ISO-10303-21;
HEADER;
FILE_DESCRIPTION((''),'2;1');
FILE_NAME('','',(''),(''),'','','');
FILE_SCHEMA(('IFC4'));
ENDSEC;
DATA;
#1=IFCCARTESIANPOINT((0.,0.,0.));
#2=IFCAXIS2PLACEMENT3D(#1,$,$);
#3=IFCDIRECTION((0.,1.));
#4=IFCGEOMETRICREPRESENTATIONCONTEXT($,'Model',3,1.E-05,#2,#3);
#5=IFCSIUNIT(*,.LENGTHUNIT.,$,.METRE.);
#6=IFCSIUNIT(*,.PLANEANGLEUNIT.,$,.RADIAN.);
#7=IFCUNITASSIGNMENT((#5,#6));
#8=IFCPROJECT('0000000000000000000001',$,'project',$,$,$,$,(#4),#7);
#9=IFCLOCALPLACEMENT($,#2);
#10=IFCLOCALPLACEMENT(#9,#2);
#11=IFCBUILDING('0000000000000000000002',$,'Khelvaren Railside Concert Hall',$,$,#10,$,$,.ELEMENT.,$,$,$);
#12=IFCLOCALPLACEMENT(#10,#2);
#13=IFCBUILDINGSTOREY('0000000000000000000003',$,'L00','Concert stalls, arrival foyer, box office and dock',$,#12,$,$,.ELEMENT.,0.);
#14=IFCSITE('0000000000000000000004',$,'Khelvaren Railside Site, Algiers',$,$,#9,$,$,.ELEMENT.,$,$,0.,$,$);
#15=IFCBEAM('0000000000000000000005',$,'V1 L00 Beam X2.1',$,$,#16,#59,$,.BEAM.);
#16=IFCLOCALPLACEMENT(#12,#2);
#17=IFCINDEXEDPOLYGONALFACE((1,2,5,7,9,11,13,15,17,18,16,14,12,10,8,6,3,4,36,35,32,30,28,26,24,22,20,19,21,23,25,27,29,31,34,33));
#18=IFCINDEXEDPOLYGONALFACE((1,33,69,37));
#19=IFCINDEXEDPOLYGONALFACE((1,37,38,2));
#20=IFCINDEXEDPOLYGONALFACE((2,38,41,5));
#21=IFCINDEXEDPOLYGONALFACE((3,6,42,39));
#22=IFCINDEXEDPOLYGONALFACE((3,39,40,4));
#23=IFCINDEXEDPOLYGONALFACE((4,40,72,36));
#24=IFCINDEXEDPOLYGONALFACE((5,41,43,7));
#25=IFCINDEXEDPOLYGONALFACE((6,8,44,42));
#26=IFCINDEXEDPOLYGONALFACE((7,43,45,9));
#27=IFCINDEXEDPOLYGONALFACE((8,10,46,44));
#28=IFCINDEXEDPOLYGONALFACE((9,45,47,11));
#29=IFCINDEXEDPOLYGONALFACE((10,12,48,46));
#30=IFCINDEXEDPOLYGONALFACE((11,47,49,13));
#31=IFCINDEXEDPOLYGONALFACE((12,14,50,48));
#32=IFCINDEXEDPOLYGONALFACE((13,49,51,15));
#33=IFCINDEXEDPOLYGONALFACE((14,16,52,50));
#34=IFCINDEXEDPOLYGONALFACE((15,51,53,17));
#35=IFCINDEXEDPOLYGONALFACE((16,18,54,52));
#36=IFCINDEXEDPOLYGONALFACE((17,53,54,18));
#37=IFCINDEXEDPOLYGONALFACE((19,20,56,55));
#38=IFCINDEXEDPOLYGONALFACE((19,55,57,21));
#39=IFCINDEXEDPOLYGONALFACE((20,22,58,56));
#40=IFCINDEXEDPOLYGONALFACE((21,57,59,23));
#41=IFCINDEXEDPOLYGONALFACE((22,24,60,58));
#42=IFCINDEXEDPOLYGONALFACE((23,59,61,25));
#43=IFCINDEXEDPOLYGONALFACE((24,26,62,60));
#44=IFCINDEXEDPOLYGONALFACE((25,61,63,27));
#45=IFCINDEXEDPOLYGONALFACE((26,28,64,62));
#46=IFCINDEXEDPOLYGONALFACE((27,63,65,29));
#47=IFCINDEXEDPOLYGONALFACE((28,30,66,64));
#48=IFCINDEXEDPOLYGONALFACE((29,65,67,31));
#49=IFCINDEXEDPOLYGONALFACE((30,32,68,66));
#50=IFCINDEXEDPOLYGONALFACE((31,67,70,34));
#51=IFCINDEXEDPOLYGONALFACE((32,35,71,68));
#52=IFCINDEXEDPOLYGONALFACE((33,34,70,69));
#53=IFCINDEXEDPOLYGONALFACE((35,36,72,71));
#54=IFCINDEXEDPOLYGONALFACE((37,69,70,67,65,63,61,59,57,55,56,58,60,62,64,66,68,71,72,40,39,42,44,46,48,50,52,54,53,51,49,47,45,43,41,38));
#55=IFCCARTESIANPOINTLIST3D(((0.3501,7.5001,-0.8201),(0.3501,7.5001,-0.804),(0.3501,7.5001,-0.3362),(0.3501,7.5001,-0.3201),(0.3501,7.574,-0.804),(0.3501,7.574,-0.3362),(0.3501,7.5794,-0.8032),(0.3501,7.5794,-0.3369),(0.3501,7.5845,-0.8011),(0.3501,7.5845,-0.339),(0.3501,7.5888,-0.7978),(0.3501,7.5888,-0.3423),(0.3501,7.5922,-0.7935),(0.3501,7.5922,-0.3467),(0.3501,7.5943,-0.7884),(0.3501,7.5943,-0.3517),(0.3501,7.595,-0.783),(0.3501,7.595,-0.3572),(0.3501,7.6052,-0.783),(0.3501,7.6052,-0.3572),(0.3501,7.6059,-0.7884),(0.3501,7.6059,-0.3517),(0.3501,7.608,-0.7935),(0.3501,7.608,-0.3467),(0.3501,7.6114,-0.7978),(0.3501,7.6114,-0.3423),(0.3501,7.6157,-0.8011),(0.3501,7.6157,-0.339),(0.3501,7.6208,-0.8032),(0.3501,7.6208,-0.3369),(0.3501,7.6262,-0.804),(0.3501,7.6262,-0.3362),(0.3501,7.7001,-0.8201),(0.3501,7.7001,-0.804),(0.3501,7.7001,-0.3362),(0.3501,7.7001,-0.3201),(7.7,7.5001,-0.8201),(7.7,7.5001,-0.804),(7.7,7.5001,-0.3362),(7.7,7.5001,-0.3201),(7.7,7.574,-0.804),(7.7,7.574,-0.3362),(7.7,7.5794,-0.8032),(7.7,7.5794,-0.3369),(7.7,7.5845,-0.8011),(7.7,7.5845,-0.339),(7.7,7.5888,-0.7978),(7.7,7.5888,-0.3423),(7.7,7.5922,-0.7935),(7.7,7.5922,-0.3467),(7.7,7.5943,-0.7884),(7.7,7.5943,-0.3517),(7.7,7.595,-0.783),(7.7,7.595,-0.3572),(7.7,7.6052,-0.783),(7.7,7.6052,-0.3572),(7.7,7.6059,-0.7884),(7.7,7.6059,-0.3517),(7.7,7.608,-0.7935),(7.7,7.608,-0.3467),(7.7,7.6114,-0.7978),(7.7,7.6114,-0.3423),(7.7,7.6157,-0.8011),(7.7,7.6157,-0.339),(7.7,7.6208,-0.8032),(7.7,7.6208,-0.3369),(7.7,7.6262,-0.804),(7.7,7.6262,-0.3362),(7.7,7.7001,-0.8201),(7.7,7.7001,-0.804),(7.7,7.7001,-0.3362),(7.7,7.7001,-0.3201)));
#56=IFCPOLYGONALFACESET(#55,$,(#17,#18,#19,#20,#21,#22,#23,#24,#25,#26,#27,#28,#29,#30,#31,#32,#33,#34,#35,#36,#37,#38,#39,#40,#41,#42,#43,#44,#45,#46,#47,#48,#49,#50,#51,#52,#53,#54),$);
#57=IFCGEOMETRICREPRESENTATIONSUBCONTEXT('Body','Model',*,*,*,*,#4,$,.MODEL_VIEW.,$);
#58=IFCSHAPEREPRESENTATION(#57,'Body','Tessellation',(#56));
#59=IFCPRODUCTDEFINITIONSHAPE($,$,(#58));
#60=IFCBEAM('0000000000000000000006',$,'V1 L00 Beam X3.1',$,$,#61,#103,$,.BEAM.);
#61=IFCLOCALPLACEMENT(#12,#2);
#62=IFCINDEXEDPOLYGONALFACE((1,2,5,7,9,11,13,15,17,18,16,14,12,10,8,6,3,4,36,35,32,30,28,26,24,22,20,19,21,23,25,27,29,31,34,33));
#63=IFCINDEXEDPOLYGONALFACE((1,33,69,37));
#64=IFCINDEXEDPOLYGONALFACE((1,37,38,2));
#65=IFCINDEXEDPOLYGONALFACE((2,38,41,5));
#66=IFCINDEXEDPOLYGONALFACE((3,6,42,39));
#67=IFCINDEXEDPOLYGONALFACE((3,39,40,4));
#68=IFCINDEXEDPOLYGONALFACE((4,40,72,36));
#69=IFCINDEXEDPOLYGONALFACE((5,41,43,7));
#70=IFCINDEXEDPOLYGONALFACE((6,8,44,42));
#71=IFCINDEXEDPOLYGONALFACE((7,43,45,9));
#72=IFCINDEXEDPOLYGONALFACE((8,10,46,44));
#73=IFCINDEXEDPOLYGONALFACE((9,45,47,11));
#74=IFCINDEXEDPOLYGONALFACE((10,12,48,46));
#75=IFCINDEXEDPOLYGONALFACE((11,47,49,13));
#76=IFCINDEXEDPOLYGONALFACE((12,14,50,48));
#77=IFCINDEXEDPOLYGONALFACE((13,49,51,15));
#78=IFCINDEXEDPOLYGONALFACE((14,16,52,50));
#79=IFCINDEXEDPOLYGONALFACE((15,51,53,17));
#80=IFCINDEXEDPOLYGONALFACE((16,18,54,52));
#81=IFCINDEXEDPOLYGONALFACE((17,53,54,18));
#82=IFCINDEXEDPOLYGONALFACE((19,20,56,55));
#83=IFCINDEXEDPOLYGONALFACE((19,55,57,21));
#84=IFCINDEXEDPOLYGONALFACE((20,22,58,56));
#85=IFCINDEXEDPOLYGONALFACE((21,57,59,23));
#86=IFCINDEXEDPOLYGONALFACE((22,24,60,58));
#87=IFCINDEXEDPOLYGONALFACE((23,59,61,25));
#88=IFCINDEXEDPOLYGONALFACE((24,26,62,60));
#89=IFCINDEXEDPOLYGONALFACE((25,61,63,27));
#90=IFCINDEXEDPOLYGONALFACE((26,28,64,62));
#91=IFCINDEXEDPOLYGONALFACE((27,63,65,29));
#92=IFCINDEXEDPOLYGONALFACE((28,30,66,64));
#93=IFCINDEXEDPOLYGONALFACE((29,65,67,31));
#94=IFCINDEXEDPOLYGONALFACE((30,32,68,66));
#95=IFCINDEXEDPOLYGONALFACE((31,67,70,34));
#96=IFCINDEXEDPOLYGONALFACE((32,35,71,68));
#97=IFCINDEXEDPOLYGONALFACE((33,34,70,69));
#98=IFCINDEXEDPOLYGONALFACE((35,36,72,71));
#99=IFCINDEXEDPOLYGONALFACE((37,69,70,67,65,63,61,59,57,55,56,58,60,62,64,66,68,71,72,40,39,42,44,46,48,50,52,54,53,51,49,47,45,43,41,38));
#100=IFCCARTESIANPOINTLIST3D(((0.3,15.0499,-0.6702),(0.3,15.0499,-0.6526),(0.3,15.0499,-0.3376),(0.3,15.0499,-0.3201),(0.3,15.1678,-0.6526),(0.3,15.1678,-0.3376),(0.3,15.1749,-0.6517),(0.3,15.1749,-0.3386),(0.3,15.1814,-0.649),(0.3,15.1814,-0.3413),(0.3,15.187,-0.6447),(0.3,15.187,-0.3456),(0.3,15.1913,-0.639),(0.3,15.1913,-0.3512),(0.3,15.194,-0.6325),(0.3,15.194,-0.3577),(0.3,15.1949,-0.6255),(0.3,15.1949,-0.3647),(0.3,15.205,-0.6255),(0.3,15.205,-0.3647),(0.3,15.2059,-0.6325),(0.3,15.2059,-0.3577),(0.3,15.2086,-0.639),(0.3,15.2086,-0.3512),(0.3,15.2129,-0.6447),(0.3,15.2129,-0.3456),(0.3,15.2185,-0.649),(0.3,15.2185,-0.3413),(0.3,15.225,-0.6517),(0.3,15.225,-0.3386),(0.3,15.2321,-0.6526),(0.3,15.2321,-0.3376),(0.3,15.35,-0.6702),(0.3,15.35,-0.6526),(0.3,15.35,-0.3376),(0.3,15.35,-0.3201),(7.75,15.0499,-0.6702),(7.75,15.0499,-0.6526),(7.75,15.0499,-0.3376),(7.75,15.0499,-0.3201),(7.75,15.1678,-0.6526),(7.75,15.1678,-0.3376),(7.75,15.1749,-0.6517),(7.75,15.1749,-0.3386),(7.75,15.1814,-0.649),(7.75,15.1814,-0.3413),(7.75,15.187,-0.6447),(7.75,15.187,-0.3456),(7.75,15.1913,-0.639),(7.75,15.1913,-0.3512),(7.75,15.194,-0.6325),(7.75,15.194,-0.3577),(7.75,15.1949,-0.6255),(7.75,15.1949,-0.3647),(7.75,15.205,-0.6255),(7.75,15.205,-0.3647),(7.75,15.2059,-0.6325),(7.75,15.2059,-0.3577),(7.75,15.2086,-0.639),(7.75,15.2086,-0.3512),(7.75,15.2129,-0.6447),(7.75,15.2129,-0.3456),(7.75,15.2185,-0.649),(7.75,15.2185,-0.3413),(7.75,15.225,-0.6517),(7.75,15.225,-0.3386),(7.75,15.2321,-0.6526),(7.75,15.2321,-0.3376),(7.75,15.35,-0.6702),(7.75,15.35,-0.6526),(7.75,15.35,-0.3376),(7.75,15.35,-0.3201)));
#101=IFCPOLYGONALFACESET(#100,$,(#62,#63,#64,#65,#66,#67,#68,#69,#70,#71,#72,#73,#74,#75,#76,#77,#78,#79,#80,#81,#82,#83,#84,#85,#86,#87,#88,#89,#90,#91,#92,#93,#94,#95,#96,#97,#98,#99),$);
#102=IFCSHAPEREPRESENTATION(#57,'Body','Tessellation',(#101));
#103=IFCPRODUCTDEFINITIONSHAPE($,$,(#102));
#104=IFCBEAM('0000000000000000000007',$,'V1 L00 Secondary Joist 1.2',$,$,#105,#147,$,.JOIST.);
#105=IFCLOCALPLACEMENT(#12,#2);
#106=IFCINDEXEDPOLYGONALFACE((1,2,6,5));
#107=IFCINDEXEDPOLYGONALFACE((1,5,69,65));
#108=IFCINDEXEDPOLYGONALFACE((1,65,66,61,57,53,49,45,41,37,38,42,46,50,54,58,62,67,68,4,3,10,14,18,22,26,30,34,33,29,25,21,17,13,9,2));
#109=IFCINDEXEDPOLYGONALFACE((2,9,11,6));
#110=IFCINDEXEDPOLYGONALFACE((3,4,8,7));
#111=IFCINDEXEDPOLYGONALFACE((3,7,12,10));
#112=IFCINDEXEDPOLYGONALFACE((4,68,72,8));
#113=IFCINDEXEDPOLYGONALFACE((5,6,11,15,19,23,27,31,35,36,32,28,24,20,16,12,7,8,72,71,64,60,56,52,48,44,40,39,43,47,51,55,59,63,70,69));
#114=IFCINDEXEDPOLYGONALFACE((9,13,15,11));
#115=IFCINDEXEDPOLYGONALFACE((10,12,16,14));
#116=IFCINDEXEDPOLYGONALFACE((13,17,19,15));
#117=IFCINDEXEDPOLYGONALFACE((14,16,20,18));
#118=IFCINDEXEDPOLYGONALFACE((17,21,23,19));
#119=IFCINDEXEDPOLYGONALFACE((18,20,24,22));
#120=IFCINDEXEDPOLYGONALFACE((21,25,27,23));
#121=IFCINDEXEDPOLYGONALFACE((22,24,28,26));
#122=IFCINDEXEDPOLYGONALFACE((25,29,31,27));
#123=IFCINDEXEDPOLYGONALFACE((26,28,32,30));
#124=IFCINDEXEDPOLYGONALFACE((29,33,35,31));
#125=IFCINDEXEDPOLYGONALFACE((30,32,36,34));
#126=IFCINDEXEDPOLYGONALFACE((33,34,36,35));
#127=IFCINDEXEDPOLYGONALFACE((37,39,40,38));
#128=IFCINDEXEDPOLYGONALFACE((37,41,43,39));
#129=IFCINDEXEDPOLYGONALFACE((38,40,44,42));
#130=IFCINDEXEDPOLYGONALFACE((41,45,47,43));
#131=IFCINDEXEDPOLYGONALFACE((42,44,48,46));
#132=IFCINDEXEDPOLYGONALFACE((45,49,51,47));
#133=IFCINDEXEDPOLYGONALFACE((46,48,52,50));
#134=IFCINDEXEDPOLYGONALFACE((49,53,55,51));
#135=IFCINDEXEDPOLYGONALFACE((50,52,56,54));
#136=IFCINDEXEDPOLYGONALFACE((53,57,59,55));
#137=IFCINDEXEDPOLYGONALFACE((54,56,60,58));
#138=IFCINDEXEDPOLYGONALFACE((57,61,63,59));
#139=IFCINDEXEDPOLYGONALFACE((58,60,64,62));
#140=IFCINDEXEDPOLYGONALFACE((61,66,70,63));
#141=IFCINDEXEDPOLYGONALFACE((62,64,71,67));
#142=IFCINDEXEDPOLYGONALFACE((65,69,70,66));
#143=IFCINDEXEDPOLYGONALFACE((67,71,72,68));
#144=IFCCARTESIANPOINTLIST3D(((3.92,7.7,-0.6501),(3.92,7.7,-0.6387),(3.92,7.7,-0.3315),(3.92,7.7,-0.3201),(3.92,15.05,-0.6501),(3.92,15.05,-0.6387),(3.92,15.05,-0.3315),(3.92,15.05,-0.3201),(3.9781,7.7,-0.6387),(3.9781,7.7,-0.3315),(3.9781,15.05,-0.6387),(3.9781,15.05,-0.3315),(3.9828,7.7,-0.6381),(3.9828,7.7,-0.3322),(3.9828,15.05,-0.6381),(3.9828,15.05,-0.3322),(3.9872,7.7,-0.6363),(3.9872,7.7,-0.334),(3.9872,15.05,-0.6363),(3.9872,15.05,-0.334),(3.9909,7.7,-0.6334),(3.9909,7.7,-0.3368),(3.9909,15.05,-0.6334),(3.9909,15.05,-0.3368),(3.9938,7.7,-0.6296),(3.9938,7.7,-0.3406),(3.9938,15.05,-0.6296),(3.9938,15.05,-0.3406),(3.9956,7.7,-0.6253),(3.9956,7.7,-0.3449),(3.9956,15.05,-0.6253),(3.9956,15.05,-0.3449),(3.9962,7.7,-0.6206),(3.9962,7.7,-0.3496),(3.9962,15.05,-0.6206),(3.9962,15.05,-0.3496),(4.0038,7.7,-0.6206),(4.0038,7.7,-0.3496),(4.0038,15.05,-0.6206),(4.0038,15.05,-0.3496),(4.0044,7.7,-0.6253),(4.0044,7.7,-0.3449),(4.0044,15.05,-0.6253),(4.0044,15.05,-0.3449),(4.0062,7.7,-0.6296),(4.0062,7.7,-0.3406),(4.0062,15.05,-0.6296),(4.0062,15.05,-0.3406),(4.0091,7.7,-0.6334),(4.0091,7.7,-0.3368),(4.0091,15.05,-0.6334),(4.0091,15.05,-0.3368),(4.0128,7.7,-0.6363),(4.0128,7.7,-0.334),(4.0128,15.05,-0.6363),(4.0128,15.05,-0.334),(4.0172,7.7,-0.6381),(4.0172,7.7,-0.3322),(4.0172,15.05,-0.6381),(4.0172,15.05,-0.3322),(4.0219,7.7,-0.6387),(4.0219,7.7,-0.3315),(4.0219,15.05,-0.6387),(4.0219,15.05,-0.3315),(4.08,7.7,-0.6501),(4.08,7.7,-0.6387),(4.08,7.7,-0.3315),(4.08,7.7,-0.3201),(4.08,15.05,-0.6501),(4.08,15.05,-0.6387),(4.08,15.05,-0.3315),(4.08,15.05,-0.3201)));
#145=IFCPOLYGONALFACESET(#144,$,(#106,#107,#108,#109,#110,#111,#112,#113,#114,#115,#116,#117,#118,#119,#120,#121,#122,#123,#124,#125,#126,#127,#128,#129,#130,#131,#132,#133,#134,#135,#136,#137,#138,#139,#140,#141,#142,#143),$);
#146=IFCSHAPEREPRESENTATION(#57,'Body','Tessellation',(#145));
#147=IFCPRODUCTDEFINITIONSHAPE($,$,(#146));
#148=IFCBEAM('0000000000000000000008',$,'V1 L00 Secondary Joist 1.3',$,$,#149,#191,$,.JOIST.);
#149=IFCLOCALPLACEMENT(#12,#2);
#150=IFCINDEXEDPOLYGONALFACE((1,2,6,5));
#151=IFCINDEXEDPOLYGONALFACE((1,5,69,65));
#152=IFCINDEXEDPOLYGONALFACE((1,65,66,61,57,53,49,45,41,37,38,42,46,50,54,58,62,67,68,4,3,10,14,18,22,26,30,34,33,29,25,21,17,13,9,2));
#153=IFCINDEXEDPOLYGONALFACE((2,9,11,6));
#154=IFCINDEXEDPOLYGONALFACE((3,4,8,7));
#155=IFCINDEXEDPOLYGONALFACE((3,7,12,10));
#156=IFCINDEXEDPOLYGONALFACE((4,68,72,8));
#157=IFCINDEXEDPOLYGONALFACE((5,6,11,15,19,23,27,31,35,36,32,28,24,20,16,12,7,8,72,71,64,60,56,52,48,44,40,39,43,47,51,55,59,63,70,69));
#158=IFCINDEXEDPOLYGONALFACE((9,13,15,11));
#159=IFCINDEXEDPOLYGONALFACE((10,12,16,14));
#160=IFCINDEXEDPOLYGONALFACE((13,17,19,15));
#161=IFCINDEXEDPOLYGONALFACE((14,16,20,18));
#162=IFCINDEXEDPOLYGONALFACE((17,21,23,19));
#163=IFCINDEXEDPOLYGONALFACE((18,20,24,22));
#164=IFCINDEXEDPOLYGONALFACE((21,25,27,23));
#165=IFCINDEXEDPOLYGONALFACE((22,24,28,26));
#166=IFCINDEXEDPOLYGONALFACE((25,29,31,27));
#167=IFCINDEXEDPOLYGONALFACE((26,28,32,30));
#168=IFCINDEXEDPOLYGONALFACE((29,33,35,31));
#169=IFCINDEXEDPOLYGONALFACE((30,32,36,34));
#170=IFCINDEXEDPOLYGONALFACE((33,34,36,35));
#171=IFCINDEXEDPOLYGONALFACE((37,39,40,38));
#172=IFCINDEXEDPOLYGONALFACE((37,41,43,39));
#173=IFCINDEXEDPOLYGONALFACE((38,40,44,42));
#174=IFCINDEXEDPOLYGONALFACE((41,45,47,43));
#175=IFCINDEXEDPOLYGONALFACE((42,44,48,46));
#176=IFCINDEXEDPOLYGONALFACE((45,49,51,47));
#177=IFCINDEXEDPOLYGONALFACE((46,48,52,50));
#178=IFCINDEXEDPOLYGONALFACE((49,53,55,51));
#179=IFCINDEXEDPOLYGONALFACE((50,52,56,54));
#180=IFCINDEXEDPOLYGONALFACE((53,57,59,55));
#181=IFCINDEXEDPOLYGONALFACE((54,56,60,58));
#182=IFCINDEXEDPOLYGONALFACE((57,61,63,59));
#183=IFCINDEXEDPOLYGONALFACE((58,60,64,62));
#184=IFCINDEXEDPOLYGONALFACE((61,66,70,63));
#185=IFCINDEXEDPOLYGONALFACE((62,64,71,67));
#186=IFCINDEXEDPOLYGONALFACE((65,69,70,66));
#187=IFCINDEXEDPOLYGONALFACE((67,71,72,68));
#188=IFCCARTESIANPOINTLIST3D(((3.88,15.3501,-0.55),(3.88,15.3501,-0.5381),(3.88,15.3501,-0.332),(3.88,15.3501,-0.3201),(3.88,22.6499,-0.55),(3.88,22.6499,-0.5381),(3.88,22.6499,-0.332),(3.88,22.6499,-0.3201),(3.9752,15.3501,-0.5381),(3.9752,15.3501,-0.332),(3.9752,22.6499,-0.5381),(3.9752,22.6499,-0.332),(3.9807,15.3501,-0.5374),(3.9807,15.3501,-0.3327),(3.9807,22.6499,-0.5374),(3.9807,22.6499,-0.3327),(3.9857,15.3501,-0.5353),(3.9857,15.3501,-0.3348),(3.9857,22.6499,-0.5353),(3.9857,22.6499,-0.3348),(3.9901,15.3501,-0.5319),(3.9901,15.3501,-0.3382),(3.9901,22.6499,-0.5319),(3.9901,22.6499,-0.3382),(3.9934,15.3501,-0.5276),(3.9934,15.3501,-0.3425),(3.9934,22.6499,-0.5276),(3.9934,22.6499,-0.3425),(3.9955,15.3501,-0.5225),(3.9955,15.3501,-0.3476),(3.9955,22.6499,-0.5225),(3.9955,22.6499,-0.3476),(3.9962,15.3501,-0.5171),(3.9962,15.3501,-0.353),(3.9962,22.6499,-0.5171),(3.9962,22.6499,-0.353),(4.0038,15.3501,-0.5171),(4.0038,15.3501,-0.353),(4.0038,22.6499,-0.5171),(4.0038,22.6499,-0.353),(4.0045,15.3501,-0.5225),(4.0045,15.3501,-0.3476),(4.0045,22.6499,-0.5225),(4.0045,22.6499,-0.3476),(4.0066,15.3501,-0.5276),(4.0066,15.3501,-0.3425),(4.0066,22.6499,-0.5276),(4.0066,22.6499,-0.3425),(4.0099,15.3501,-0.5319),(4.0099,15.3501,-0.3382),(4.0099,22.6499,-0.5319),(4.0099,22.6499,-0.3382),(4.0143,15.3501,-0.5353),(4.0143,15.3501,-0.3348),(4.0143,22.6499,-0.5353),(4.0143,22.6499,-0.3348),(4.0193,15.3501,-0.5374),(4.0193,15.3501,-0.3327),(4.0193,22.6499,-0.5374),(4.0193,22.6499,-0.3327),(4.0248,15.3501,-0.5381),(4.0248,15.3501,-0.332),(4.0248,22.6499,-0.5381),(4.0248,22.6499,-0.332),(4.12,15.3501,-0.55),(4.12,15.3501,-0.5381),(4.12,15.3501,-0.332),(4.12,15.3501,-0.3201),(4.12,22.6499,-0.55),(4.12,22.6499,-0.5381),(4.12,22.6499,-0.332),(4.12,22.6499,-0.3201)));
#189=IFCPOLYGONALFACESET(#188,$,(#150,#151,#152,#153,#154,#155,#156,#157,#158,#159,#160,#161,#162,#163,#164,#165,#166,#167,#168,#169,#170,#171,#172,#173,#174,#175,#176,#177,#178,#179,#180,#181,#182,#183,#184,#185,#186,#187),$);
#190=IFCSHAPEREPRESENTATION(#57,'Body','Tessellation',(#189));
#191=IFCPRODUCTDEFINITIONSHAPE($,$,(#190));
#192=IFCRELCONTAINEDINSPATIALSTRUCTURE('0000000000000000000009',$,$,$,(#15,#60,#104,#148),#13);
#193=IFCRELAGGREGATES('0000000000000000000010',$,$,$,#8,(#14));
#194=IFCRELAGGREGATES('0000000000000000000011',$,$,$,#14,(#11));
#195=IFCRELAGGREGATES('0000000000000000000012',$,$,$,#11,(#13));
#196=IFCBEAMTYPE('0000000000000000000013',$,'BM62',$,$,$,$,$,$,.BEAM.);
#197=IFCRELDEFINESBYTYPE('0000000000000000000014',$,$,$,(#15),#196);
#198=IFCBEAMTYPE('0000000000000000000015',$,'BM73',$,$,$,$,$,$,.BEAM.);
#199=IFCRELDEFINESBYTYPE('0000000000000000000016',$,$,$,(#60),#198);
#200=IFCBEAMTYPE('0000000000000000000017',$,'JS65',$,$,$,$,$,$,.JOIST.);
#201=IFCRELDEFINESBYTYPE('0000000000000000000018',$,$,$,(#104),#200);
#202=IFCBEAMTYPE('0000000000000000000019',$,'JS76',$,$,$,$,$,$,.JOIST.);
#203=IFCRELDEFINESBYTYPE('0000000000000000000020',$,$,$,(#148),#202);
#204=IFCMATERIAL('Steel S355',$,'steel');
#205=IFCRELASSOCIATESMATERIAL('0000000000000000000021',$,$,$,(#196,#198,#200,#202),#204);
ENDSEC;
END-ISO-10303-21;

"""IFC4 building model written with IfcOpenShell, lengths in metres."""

from ifc_helpers import new_model, si_unit, direction, frame, origin, origin_2d, place, context, subcontext, project, spatial, i_section, extrude, material, material_profile, profile_set, type_object, element, save


model = new_model("IFC4")

# Units and contexts
model_context = context("Model", 3, precision=1e-05, world=origin(), true_north=direction((0.0, 1.0)))
body_context = subcontext(model_context, "Body", "Model", "MODEL_VIEW")
ifc_project = project(units=[si_unit("LENGTHUNIT", "METRE"), si_unit("PLANEANGLEUNIT", "RADIAN")], contexts=[model_context])

# Site, building, storey
site_placement = place(None, origin())
site = spatial("IfcSite", under=ifc_project, at=site_placement, Name="Khelvaren Railside Site, Algiers", CompositionType="ELEMENT", RefElevation=0.0)
building_placement = place(site_placement, origin())
building = spatial("IfcBuilding", under=site, at=building_placement, Name="Khelvaren Railside Concert Hall", CompositionType="ELEMENT")
storey_placement = place(building_placement, origin())
storey = spatial("IfcBuildingStorey", under=building, at=storey_placement, Name="L00", Description="Concert stalls, arrival foyer, box office and dock", CompositionType="ELEMENT", Elevation=0.0)

# Beams
ifc_material_1 = material(Name="Steel S355", Category="steel")
ifc_material_profile_1 = material_profile(ifc_material_1, i_section(OverallWidth=0.2, OverallDepth=0.5, WebThickness=0.0103, FlangeThickness=0.0161, FilletRadius=0.021, at=origin_2d()), Name="IPE 500")
ifc_profile_set_1 = profile_set([ifc_material_profile_1], Name="Steel S355")
beam_type_1 = type_object("IfcBeamType", Name="BM62", PredefinedType="BEAM", material=ifc_profile_set_1)
beam_1_placement = place(storey_placement, frame((0.3501, 7.6001, -0.5701), z_axis=(1.0, 0.0, 0.0), x_axis=(0.0, 1.0, 0.0)))
element("IfcBeam", 1, at=beam_1_placement, inside=storey, type_object=beam_type_1, Name="V1 L00 Beam X2.1", PredefinedType="BEAM", context=body_context, shape_type="SweptSolid", body=[
    extrude(i_section(OverallWidth=0.2, OverallDepth=0.5, WebThickness=0.0103, FlangeThickness=0.0161, FilletRadius=0.021, at=origin_2d()), origin(), (0.0, 0.0, 1.0), 7.3499),
])
ifc_material_profile_2 = material_profile(ifc_material_1, i_section(OverallWidth=0.3, OverallDepth=0.3501, WebThickness=0.01, FlangeThickness=0.0176, FilletRadius=0.0271, at=origin_2d()), Name="HEA 360")
ifc_profile_set_2 = profile_set([ifc_material_profile_2], Name="Steel S355")
beam_type_2 = type_object("IfcBeamType", Name="BM73", PredefinedType="BEAM", material=ifc_profile_set_2)
beam_2_placement = place(storey_placement, frame((0.3, 15.2, -0.4951), z_axis=(1.0, 0.0, 0.0), x_axis=(0.0, 1.0, 0.0)))
element("IfcBeam", 2, at=beam_2_placement, inside=storey, type_object=beam_type_2, Name="V1 L00 Beam X3.1", PredefinedType="BEAM", context=body_context, shape_type="SweptSolid", body=[
    extrude(i_section(OverallWidth=0.3, OverallDepth=0.3501, WebThickness=0.01, FlangeThickness=0.0176, FilletRadius=0.0271, at=origin_2d()), origin(), (0.0, 0.0, 1.0), 7.45),
])
ifc_material_profile_3 = material_profile(ifc_material_1, i_section(OverallWidth=0.1599, OverallDepth=0.3301, WebThickness=0.0076, FlangeThickness=0.0115, FilletRadius=0.0181, at=origin_2d()), Name="IPE 330")
ifc_profile_set_3 = profile_set([ifc_material_profile_3], Name="Steel S355")
beam_type_3 = type_object("IfcBeamType", Name="JS65", PredefinedType="JOIST", material=ifc_profile_set_3)
beam_3_placement = place(storey_placement, frame((4.0, 7.7, -0.4851), z_axis=(0.0, 1.0, 0.0), x_axis=(-1.0, 0.0, 0.0)))
element("IfcBeam", 3, at=beam_3_placement, inside=storey, type_object=beam_type_3, Name="V1 L00 Secondary Joist 1.2", PredefinedType="JOIST", context=body_context, shape_type="SweptSolid", body=[
    extrude(i_section(OverallWidth=0.1599, OverallDepth=0.3301, WebThickness=0.0076, FlangeThickness=0.0115, FilletRadius=0.0181, at=origin_2d()), origin(), (0.0, 0.0, 1.0), 7.3501),
])
ifc_material_profile_4 = material_profile(ifc_material_1, i_section(OverallWidth=0.24, OverallDepth=0.23, WebThickness=0.0076, FlangeThickness=0.012, FilletRadius=0.021, at=origin_2d()), Name="HEA 240")
ifc_profile_set_4 = profile_set([ifc_material_profile_4], Name="Steel S355")
beam_type_4 = type_object("IfcBeamType", Name="JS76", PredefinedType="JOIST", material=ifc_profile_set_4)
beam_4_placement = place(storey_placement, frame((4.0, 15.3501, -0.4351), z_axis=(0.0, 1.0, 0.0), x_axis=(-1.0, 0.0, 0.0)))
element("IfcBeam", 4, at=beam_4_placement, inside=storey, type_object=beam_type_4, Name="V1 L00 Secondary Joist 1.3", PredefinedType="JOIST", context=body_context, shape_type="SweptSolid", body=[
    extrude(i_section(OverallWidth=0.24, OverallDepth=0.23, WebThickness=0.0076, FlangeThickness=0.012, FilletRadius=0.021, at=origin_2d()), origin(), (0.0, 0.0, 1.0), 7.2998),
])

save(model, "model.ifc")
